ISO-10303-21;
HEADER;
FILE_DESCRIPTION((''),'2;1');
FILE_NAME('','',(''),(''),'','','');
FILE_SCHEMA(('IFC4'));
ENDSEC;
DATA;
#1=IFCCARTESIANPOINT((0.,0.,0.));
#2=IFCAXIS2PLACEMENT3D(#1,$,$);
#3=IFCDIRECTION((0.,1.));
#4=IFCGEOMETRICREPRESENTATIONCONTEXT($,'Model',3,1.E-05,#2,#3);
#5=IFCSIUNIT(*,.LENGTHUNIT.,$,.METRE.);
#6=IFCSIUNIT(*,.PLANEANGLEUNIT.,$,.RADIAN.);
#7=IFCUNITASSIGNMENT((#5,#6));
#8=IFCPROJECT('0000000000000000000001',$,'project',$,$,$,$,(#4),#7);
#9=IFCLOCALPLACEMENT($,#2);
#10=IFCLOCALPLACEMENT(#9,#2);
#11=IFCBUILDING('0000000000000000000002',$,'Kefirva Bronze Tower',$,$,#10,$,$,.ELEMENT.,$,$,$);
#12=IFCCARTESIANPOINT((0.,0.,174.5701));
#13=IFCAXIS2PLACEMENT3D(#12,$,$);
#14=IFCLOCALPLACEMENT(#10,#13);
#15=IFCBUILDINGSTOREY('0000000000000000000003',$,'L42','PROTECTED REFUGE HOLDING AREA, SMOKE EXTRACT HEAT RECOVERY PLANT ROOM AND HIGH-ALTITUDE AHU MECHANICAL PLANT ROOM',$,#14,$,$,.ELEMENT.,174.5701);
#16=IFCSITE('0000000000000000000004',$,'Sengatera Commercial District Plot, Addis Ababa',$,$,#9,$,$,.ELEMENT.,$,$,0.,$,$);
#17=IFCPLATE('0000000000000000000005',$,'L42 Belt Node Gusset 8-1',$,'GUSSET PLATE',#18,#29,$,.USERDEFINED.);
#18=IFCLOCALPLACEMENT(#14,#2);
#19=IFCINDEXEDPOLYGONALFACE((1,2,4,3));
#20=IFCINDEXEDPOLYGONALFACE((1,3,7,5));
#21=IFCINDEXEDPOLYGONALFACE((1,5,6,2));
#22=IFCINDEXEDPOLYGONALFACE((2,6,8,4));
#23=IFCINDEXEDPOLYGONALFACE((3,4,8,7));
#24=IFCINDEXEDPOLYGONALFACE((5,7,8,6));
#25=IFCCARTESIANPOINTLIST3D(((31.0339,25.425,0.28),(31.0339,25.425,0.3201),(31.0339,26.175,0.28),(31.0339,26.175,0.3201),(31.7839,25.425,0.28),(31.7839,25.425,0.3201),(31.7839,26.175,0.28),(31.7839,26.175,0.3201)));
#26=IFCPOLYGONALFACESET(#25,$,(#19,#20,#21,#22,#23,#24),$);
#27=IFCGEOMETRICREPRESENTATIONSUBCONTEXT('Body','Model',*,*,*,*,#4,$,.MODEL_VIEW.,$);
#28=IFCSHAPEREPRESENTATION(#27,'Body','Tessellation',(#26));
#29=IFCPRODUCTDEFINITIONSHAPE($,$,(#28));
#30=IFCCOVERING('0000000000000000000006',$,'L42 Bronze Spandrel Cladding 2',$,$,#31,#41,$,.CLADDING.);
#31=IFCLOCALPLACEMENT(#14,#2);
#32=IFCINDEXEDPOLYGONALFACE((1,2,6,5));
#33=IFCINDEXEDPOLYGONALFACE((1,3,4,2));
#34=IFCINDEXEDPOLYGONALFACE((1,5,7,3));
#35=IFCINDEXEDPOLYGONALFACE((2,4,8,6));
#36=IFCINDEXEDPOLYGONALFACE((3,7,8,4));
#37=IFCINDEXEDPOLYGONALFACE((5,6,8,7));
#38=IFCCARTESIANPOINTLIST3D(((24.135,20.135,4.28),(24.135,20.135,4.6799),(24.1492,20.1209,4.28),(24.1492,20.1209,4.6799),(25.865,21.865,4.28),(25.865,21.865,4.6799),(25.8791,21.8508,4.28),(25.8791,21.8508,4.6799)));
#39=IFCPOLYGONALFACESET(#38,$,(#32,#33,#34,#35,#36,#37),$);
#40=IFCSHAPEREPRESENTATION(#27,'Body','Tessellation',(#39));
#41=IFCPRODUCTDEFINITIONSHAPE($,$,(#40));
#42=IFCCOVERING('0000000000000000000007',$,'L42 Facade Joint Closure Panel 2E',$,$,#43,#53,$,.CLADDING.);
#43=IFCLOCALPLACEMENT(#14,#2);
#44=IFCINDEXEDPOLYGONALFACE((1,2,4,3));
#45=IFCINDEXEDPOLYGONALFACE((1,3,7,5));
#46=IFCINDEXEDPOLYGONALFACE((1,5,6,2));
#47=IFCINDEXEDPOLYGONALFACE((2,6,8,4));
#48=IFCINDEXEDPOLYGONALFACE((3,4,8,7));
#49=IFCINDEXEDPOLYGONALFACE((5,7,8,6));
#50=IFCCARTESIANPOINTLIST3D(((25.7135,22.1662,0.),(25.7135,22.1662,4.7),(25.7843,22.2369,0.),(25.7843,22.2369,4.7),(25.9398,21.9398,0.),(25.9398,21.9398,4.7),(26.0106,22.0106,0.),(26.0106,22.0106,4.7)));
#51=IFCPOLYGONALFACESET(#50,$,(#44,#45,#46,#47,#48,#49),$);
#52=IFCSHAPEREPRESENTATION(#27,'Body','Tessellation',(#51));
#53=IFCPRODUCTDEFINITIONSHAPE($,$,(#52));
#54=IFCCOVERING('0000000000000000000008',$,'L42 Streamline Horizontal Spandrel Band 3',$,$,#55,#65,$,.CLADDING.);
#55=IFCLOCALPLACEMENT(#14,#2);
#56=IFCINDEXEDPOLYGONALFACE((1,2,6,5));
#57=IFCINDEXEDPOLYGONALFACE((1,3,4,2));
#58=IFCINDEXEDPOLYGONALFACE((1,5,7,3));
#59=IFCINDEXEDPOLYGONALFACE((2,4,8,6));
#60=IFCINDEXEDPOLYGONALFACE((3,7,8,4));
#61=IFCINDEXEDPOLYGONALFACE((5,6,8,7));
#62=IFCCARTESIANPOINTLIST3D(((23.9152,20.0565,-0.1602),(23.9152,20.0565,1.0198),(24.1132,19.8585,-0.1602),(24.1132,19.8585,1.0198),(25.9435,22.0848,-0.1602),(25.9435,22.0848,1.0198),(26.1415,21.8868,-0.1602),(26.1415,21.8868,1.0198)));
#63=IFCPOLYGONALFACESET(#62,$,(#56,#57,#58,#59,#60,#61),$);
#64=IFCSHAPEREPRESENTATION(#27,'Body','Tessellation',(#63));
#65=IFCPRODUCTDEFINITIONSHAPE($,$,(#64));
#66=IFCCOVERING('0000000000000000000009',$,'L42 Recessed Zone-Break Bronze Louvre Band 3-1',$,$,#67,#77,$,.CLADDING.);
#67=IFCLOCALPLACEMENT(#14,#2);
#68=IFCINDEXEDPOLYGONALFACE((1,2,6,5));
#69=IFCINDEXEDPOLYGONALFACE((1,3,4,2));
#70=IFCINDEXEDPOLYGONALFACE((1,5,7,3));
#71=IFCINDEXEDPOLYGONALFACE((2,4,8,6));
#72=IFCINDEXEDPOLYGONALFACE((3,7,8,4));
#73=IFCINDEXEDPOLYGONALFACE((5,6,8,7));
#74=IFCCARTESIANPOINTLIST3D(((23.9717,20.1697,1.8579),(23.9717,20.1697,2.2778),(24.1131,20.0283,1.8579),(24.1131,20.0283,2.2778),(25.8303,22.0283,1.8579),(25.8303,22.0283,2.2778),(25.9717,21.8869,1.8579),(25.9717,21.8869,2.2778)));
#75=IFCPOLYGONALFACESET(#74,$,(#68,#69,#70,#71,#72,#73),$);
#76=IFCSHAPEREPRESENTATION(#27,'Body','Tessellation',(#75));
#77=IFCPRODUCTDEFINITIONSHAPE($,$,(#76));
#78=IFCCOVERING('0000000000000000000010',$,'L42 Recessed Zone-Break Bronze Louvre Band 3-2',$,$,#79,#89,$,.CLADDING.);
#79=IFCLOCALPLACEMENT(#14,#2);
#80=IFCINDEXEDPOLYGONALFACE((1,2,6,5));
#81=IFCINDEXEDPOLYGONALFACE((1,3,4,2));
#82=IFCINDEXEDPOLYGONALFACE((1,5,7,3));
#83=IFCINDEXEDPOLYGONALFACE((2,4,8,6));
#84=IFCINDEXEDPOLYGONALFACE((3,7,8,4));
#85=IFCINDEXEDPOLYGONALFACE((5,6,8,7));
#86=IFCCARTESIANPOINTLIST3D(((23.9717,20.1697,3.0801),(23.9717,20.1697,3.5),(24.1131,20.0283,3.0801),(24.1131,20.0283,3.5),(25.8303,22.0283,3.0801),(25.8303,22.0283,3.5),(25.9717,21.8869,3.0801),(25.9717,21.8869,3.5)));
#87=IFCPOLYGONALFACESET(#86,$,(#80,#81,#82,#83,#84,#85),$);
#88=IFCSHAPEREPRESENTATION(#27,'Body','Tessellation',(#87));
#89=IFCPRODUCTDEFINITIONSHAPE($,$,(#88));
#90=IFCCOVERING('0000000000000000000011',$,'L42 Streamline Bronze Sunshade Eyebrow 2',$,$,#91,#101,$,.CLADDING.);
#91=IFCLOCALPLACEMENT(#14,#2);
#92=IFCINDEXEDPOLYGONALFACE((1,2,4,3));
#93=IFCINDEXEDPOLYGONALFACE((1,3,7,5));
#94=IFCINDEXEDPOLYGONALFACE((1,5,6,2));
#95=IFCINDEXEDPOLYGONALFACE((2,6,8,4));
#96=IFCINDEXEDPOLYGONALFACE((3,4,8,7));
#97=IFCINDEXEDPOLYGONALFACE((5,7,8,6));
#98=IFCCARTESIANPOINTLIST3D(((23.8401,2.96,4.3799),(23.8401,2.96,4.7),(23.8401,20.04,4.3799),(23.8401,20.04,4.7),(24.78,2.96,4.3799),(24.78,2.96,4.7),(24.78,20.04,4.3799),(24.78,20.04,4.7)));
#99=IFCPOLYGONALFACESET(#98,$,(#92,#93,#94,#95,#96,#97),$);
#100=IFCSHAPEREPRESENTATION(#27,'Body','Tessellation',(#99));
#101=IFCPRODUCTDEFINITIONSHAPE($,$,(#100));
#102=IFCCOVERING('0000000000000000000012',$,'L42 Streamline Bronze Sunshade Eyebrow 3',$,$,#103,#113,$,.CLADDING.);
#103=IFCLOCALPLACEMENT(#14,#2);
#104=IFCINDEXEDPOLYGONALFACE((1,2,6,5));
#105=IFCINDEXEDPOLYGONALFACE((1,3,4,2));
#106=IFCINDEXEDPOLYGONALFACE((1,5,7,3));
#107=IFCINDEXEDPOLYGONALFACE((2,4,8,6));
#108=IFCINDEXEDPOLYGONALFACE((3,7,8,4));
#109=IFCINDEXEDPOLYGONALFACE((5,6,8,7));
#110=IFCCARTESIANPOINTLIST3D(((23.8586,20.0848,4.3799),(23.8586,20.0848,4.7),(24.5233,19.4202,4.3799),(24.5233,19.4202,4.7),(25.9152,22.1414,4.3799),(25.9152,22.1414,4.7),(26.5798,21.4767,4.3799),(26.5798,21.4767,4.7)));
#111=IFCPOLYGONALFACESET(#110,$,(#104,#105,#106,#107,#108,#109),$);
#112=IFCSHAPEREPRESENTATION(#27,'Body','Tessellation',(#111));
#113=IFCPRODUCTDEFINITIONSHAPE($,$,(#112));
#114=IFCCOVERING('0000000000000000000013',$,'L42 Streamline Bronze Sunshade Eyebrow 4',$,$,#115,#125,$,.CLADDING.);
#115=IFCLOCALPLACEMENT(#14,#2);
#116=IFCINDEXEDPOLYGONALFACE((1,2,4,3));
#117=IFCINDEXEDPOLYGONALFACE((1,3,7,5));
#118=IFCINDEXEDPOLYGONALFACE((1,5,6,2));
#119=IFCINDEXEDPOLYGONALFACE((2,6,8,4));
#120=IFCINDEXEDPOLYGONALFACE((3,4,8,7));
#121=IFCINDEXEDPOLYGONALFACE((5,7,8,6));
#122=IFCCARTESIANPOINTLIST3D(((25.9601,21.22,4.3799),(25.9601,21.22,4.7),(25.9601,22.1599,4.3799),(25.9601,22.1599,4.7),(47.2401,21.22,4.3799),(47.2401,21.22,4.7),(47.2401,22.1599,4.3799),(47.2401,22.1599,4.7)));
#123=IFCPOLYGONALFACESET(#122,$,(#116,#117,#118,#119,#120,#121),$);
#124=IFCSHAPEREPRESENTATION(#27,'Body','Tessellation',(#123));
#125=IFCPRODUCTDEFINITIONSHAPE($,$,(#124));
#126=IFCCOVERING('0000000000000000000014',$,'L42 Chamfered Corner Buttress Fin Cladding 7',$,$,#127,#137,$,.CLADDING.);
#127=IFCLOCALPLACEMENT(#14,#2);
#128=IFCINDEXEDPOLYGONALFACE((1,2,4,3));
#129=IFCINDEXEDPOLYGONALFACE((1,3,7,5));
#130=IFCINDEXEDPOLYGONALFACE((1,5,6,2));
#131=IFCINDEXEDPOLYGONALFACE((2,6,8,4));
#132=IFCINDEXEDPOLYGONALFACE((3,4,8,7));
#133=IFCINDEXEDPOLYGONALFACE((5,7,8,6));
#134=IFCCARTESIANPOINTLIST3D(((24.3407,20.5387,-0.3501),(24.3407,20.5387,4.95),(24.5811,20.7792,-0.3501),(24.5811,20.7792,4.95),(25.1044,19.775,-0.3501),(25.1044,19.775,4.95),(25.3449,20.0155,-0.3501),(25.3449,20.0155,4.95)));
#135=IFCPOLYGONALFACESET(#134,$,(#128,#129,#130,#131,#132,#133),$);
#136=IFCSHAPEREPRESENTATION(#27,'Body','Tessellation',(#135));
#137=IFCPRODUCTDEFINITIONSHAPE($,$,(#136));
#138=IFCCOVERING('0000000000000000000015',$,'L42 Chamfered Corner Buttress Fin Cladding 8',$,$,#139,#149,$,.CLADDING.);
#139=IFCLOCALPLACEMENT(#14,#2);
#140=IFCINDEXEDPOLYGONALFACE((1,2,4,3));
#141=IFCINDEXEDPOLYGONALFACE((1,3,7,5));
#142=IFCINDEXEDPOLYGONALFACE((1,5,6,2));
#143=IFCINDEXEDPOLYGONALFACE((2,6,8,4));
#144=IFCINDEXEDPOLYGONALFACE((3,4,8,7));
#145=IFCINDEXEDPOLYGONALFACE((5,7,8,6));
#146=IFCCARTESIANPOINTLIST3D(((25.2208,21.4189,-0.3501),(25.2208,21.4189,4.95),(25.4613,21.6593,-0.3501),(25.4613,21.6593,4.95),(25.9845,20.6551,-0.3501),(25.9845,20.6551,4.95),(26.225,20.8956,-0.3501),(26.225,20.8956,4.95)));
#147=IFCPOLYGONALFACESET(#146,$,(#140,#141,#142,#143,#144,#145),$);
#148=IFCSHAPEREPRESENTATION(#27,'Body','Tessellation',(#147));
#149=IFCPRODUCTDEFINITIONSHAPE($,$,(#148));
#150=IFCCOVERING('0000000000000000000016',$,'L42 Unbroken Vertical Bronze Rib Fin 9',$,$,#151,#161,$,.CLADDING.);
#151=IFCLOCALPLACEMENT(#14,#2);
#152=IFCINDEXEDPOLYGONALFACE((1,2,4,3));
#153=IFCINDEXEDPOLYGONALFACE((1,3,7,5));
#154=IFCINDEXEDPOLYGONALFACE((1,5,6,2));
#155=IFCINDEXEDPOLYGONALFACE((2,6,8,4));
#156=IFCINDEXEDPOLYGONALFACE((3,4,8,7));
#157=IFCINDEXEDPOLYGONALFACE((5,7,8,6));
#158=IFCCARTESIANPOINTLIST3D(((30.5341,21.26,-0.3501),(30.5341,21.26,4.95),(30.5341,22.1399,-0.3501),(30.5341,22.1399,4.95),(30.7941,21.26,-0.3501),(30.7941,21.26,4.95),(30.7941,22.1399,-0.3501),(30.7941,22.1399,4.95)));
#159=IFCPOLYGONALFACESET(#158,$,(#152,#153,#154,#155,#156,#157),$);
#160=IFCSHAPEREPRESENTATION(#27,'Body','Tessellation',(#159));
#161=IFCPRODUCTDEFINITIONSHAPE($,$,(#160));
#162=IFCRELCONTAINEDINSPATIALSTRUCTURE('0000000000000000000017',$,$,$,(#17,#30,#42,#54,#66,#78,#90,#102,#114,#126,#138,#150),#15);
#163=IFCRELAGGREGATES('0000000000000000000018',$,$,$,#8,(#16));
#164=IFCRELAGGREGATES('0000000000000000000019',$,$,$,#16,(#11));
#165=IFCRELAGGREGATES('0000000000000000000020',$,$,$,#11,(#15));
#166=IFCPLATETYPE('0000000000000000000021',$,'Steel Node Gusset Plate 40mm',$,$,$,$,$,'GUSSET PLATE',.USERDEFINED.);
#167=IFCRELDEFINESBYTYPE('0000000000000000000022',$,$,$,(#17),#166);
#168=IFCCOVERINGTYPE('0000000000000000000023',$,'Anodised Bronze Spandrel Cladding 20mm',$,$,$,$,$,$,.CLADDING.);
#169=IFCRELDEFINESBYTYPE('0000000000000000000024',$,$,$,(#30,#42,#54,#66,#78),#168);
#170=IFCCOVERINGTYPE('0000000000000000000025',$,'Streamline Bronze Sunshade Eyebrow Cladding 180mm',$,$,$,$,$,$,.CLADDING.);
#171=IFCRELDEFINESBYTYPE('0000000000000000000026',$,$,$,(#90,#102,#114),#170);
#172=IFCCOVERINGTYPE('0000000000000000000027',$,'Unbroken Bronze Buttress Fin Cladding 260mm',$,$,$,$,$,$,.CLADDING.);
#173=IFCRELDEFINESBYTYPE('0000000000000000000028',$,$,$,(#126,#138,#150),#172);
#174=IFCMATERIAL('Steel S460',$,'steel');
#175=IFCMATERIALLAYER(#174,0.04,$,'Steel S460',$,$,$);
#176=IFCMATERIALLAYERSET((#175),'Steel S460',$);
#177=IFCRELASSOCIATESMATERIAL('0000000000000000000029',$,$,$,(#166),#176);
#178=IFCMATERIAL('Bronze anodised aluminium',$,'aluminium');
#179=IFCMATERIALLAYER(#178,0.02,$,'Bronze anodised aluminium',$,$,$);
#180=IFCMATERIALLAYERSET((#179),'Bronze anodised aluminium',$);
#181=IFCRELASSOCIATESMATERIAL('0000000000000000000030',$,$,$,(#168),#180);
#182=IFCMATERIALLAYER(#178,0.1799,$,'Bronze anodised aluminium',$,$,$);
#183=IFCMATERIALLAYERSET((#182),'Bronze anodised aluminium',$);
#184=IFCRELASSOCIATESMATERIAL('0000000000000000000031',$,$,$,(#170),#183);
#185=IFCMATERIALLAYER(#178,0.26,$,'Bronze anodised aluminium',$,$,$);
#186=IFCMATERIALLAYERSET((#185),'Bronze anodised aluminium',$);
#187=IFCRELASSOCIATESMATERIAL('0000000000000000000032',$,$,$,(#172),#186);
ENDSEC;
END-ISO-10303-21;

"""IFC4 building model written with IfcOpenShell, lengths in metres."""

from ifc_helpers import new_model, si_unit, direction, frame, origin, origin_2d, place, context, subcontext, project, spatial, rectangle, extrude, material, layer, layer_set, type_object, element, save


model = new_model("IFC4")

# Units and contexts
model_context = context("Model", 3, precision=1e-05, world=origin(), true_north=direction((0.0, 1.0)))
body_context = subcontext(model_context, "Body", "Model", "MODEL_VIEW")
ifc_project = project(units=[si_unit("LENGTHUNIT", "METRE"), si_unit("PLANEANGLEUNIT", "RADIAN")], contexts=[model_context])

# Site, building, storey
site_placement = place(None, origin())
site = spatial("IfcSite", under=ifc_project, at=site_placement, Name="Sengatera Commercial District Plot, Addis Ababa", CompositionType="ELEMENT", RefElevation=0.0)
building_placement = place(site_placement, origin())
building = spatial("IfcBuilding", under=site, at=building_placement, Name="Kefirva Bronze Tower", CompositionType="ELEMENT")
storey_placement = place(building_placement, frame((0.0, 0.0, 174.5701)))
storey = spatial("IfcBuildingStorey", under=building, at=storey_placement, Name="L42", Description="PROTECTED REFUGE HOLDING AREA, SMOKE EXTRACT HEAT RECOVERY PLANT ROOM AND HIGH-ALTITUDE AHU MECHANICAL PLANT ROOM", CompositionType="ELEMENT", Elevation=174.5701)

# Shared definitions
ifc_material_1 = material(Name="Steel S460", Category="steel")

# Shared definitions
ifc_material_2 = material(Name="Bronze anodised aluminium", Category="aluminium")

# Plate
ifc_layer_1 = layer(ifc_material_1, 0.04, Name="Steel S460")
ifc_layer_set_1 = layer_set([ifc_layer_1], Name="Steel S460")
plate_type_1 = type_object("IfcPlateType", Name="Steel Node Gusset Plate 40mm", ElementType="GUSSET PLATE", PredefinedType="USERDEFINED", material=ifc_layer_set_1)
plate_1_placement = place(storey_placement, frame((31.4089, 25.8, 0.28), z_axis=(0.0, 0.0, 1.0), x_axis=(1.0, 0.0, 0.0)))
element("IfcPlate", 1, at=plate_1_placement, inside=storey, type_object=plate_type_1, Name="L42 Belt Node Gusset 8-1", ObjectType="GUSSET PLATE", PredefinedType="USERDEFINED", context=body_context, shape_type="SweptSolid", body=[
    extrude(rectangle(XDim=0.75, YDim=0.75, at=origin_2d()), origin(), (0.0, 0.0, 1.0), 0.04),
])

# Coverings
ifc_layer_2 = layer(ifc_material_2, 0.02, Name="Bronze anodised aluminium")
ifc_layer_set_2 = layer_set([ifc_layer_2], Name="Bronze anodised aluminium")
covering_type_1 = type_object("IfcCoveringType", Name="Anodised Bronze Spandrel Cladding 20mm", PredefinedType="CLADDING", material=ifc_layer_set_2)
covering_1_placement = place(storey_placement, frame((25.0071, 20.9929, 4.28), z_axis=(0.0, 0.0, 1.0), x_axis=(0.707107, 0.707107, 0.0)))
element("IfcCovering", 2, at=covering_1_placement, inside=storey, type_object=covering_type_1, Name="L42 Bronze Spandrel Cladding 2", PredefinedType="CLADDING", context=body_context, shape_type="SweptSolid", body=[
    extrude(rectangle(XDim=2.4465, YDim=0.02, at=origin_2d()), origin(), (0.0, 0.0, 1.0), 0.3999),
])
covering_2_placement = place(storey_placement, frame((25.8621, 22.0884, 0.0), z_axis=(0.0, 0.0, 1.0), x_axis=(0.707107, 0.707107, 0.0)))
element("IfcCovering", 3, at=covering_2_placement, inside=storey, type_object=covering_type_1, Name="L42 Facade Joint Closure Panel 2E", PredefinedType="CLADDING", context=body_context, shape_type="SweptSolid", body=[
    extrude(rectangle(XDim=0.1001, YDim=0.3201, at=origin_2d()), origin(), (0.0, 0.0, 1.0), 4.7),
])
covering_3_placement = place(storey_placement, frame((25.0283, 20.9717, -0.1602), z_axis=(0.0, 0.0, 1.0), x_axis=(0.707107, 0.707107, 0.0)))
element("IfcCovering", 4, at=covering_3_placement, inside=storey, type_object=covering_type_1, Name="L42 Streamline Horizontal Spandrel Band 3", PredefinedType="CLADDING", context=body_context, shape_type="SweptSolid", body=[
    extrude(rectangle(XDim=2.8684, YDim=0.28, at=origin_2d()), origin(), (0.0, 0.0, 1.0), 1.1799),
])
for number, where, z_axis, x_axis, name in (
    (5, (24.9717, 21.0283, 1.8579), (0.0, 0.0, 1.0), (0.707107, 0.707107, 0.0), "L42 Recessed Zone-Break Bronze Louvre Band 3-1"),
    (6, (24.9717, 21.0283, 3.0801), (0.0, 0.0, 1.0), (0.707107, 0.707107, 0.0), "L42 Recessed Zone-Break Bronze Louvre Band 3-2"),
):
    element("IfcCovering", number, at=place(storey_placement, frame(where, z_axis=z_axis, x_axis=x_axis)), inside=storey, type_object=covering_type_1, Name=name, PredefinedType="CLADDING", context=body_context, shape_type="SweptSolid", body=[
        extrude(rectangle(XDim=2.6284, YDim=0.2, at=origin_2d()), origin(), (0.0, 0.0, 1.0), 0.4199),
    ])
ifc_layer_3 = layer(ifc_material_2, 0.1799, Name="Bronze anodised aluminium")
ifc_layer_set_3 = layer_set([ifc_layer_3], Name="Bronze anodised aluminium")
covering_type_2 = type_object("IfcCoveringType", Name="Streamline Bronze Sunshade Eyebrow Cladding 180mm", PredefinedType="CLADDING", material=ifc_layer_set_3)
covering_4_placement = place(storey_placement, frame((24.3101, 11.5, 4.3799), z_axis=(0.0, 0.0, 1.0), x_axis=(0.0, 1.0, 0.0)))
element("IfcCovering", 7, at=covering_4_placement, inside=storey, type_object=covering_type_2, Name="L42 Streamline Bronze Sunshade Eyebrow 2", PredefinedType="CLADDING", context=body_context, shape_type="SweptSolid", body=[
    extrude(rectangle(XDim=17.0801, YDim=0.9399, at=origin_2d()), origin(), (0.0, 0.0, 1.0), 0.3201),
])
covering_5_placement = place(storey_placement, frame((25.2192, 20.7808, 4.3799), z_axis=(0.0, 0.0, 1.0), x_axis=(0.707107, 0.707107, 0.0)))
element("IfcCovering", 8, at=covering_5_placement, inside=storey, type_object=covering_type_2, Name="L42 Streamline Bronze Sunshade Eyebrow 3", PredefinedType="CLADDING", context=body_context, shape_type="SweptSolid", body=[
    extrude(rectangle(XDim=2.9084, YDim=0.9399, at=origin_2d()), origin(), (0.0, 0.0, 1.0), 0.3201),
])
covering_6_placement = place(storey_placement, frame((36.6001, 21.6899, 4.3799), z_axis=(0.0, 0.0, 1.0), x_axis=(1.0, 0.0, 0.0)))
element("IfcCovering", 9, at=covering_6_placement, inside=storey, type_object=covering_type_2, Name="L42 Streamline Bronze Sunshade Eyebrow 4", PredefinedType="CLADDING", context=body_context, shape_type="SweptSolid", body=[
    extrude(rectangle(XDim=21.28, YDim=0.9399, at=origin_2d()), origin(), (0.0, 0.0, 1.0), 0.3201),
])
ifc_layer_4 = layer(ifc_material_2, 0.26, Name="Bronze anodised aluminium")
ifc_layer_set_4 = layer_set([ifc_layer_4], Name="Bronze anodised aluminium")
covering_type_3 = type_object("IfcCoveringType", Name="Unbroken Bronze Buttress Fin Cladding 260mm", PredefinedType="CLADDING", material=ifc_layer_set_4)
for number, where, z_axis, x_axis, name in (
    (10, (24.8428, 20.2771, -0.3501), (0.0, 0.0, 1.0), (0.707107, 0.707107, 0.0), "L42 Chamfered Corner Buttress Fin Cladding 7"),
    (11, (25.7229, 21.1572, -0.3501), (0.0, 0.0, 1.0), (0.707107, 0.707107, 0.0), "L42 Chamfered Corner Buttress Fin Cladding 8"),
):
    element("IfcCovering", number, at=place(storey_placement, frame(where, z_axis=z_axis, x_axis=x_axis)), inside=storey, type_object=covering_type_3, Name=name, PredefinedType="CLADDING", context=body_context, shape_type="SweptSolid", body=[
        extrude(rectangle(XDim=0.3401, YDim=1.0801, at=origin_2d()), origin(), (0.0, 0.0, 1.0), 5.3),
    ])
covering_7_placement = place(storey_placement, frame((30.6641, 21.7, -0.3501), z_axis=(0.0, 0.0, 1.0), x_axis=(1.0, 0.0, 0.0)))
element("IfcCovering", 12, at=covering_7_placement, inside=storey, type_object=covering_type_3, Name="L42 Unbroken Vertical Bronze Rib Fin 9", PredefinedType="CLADDING", context=body_context, shape_type="SweptSolid", body=[
    extrude(rectangle(XDim=0.26, YDim=0.8799, at=origin_2d()), origin(), (0.0, 0.0, 1.0), 5.3),
])

save(model, "model.ifc")
